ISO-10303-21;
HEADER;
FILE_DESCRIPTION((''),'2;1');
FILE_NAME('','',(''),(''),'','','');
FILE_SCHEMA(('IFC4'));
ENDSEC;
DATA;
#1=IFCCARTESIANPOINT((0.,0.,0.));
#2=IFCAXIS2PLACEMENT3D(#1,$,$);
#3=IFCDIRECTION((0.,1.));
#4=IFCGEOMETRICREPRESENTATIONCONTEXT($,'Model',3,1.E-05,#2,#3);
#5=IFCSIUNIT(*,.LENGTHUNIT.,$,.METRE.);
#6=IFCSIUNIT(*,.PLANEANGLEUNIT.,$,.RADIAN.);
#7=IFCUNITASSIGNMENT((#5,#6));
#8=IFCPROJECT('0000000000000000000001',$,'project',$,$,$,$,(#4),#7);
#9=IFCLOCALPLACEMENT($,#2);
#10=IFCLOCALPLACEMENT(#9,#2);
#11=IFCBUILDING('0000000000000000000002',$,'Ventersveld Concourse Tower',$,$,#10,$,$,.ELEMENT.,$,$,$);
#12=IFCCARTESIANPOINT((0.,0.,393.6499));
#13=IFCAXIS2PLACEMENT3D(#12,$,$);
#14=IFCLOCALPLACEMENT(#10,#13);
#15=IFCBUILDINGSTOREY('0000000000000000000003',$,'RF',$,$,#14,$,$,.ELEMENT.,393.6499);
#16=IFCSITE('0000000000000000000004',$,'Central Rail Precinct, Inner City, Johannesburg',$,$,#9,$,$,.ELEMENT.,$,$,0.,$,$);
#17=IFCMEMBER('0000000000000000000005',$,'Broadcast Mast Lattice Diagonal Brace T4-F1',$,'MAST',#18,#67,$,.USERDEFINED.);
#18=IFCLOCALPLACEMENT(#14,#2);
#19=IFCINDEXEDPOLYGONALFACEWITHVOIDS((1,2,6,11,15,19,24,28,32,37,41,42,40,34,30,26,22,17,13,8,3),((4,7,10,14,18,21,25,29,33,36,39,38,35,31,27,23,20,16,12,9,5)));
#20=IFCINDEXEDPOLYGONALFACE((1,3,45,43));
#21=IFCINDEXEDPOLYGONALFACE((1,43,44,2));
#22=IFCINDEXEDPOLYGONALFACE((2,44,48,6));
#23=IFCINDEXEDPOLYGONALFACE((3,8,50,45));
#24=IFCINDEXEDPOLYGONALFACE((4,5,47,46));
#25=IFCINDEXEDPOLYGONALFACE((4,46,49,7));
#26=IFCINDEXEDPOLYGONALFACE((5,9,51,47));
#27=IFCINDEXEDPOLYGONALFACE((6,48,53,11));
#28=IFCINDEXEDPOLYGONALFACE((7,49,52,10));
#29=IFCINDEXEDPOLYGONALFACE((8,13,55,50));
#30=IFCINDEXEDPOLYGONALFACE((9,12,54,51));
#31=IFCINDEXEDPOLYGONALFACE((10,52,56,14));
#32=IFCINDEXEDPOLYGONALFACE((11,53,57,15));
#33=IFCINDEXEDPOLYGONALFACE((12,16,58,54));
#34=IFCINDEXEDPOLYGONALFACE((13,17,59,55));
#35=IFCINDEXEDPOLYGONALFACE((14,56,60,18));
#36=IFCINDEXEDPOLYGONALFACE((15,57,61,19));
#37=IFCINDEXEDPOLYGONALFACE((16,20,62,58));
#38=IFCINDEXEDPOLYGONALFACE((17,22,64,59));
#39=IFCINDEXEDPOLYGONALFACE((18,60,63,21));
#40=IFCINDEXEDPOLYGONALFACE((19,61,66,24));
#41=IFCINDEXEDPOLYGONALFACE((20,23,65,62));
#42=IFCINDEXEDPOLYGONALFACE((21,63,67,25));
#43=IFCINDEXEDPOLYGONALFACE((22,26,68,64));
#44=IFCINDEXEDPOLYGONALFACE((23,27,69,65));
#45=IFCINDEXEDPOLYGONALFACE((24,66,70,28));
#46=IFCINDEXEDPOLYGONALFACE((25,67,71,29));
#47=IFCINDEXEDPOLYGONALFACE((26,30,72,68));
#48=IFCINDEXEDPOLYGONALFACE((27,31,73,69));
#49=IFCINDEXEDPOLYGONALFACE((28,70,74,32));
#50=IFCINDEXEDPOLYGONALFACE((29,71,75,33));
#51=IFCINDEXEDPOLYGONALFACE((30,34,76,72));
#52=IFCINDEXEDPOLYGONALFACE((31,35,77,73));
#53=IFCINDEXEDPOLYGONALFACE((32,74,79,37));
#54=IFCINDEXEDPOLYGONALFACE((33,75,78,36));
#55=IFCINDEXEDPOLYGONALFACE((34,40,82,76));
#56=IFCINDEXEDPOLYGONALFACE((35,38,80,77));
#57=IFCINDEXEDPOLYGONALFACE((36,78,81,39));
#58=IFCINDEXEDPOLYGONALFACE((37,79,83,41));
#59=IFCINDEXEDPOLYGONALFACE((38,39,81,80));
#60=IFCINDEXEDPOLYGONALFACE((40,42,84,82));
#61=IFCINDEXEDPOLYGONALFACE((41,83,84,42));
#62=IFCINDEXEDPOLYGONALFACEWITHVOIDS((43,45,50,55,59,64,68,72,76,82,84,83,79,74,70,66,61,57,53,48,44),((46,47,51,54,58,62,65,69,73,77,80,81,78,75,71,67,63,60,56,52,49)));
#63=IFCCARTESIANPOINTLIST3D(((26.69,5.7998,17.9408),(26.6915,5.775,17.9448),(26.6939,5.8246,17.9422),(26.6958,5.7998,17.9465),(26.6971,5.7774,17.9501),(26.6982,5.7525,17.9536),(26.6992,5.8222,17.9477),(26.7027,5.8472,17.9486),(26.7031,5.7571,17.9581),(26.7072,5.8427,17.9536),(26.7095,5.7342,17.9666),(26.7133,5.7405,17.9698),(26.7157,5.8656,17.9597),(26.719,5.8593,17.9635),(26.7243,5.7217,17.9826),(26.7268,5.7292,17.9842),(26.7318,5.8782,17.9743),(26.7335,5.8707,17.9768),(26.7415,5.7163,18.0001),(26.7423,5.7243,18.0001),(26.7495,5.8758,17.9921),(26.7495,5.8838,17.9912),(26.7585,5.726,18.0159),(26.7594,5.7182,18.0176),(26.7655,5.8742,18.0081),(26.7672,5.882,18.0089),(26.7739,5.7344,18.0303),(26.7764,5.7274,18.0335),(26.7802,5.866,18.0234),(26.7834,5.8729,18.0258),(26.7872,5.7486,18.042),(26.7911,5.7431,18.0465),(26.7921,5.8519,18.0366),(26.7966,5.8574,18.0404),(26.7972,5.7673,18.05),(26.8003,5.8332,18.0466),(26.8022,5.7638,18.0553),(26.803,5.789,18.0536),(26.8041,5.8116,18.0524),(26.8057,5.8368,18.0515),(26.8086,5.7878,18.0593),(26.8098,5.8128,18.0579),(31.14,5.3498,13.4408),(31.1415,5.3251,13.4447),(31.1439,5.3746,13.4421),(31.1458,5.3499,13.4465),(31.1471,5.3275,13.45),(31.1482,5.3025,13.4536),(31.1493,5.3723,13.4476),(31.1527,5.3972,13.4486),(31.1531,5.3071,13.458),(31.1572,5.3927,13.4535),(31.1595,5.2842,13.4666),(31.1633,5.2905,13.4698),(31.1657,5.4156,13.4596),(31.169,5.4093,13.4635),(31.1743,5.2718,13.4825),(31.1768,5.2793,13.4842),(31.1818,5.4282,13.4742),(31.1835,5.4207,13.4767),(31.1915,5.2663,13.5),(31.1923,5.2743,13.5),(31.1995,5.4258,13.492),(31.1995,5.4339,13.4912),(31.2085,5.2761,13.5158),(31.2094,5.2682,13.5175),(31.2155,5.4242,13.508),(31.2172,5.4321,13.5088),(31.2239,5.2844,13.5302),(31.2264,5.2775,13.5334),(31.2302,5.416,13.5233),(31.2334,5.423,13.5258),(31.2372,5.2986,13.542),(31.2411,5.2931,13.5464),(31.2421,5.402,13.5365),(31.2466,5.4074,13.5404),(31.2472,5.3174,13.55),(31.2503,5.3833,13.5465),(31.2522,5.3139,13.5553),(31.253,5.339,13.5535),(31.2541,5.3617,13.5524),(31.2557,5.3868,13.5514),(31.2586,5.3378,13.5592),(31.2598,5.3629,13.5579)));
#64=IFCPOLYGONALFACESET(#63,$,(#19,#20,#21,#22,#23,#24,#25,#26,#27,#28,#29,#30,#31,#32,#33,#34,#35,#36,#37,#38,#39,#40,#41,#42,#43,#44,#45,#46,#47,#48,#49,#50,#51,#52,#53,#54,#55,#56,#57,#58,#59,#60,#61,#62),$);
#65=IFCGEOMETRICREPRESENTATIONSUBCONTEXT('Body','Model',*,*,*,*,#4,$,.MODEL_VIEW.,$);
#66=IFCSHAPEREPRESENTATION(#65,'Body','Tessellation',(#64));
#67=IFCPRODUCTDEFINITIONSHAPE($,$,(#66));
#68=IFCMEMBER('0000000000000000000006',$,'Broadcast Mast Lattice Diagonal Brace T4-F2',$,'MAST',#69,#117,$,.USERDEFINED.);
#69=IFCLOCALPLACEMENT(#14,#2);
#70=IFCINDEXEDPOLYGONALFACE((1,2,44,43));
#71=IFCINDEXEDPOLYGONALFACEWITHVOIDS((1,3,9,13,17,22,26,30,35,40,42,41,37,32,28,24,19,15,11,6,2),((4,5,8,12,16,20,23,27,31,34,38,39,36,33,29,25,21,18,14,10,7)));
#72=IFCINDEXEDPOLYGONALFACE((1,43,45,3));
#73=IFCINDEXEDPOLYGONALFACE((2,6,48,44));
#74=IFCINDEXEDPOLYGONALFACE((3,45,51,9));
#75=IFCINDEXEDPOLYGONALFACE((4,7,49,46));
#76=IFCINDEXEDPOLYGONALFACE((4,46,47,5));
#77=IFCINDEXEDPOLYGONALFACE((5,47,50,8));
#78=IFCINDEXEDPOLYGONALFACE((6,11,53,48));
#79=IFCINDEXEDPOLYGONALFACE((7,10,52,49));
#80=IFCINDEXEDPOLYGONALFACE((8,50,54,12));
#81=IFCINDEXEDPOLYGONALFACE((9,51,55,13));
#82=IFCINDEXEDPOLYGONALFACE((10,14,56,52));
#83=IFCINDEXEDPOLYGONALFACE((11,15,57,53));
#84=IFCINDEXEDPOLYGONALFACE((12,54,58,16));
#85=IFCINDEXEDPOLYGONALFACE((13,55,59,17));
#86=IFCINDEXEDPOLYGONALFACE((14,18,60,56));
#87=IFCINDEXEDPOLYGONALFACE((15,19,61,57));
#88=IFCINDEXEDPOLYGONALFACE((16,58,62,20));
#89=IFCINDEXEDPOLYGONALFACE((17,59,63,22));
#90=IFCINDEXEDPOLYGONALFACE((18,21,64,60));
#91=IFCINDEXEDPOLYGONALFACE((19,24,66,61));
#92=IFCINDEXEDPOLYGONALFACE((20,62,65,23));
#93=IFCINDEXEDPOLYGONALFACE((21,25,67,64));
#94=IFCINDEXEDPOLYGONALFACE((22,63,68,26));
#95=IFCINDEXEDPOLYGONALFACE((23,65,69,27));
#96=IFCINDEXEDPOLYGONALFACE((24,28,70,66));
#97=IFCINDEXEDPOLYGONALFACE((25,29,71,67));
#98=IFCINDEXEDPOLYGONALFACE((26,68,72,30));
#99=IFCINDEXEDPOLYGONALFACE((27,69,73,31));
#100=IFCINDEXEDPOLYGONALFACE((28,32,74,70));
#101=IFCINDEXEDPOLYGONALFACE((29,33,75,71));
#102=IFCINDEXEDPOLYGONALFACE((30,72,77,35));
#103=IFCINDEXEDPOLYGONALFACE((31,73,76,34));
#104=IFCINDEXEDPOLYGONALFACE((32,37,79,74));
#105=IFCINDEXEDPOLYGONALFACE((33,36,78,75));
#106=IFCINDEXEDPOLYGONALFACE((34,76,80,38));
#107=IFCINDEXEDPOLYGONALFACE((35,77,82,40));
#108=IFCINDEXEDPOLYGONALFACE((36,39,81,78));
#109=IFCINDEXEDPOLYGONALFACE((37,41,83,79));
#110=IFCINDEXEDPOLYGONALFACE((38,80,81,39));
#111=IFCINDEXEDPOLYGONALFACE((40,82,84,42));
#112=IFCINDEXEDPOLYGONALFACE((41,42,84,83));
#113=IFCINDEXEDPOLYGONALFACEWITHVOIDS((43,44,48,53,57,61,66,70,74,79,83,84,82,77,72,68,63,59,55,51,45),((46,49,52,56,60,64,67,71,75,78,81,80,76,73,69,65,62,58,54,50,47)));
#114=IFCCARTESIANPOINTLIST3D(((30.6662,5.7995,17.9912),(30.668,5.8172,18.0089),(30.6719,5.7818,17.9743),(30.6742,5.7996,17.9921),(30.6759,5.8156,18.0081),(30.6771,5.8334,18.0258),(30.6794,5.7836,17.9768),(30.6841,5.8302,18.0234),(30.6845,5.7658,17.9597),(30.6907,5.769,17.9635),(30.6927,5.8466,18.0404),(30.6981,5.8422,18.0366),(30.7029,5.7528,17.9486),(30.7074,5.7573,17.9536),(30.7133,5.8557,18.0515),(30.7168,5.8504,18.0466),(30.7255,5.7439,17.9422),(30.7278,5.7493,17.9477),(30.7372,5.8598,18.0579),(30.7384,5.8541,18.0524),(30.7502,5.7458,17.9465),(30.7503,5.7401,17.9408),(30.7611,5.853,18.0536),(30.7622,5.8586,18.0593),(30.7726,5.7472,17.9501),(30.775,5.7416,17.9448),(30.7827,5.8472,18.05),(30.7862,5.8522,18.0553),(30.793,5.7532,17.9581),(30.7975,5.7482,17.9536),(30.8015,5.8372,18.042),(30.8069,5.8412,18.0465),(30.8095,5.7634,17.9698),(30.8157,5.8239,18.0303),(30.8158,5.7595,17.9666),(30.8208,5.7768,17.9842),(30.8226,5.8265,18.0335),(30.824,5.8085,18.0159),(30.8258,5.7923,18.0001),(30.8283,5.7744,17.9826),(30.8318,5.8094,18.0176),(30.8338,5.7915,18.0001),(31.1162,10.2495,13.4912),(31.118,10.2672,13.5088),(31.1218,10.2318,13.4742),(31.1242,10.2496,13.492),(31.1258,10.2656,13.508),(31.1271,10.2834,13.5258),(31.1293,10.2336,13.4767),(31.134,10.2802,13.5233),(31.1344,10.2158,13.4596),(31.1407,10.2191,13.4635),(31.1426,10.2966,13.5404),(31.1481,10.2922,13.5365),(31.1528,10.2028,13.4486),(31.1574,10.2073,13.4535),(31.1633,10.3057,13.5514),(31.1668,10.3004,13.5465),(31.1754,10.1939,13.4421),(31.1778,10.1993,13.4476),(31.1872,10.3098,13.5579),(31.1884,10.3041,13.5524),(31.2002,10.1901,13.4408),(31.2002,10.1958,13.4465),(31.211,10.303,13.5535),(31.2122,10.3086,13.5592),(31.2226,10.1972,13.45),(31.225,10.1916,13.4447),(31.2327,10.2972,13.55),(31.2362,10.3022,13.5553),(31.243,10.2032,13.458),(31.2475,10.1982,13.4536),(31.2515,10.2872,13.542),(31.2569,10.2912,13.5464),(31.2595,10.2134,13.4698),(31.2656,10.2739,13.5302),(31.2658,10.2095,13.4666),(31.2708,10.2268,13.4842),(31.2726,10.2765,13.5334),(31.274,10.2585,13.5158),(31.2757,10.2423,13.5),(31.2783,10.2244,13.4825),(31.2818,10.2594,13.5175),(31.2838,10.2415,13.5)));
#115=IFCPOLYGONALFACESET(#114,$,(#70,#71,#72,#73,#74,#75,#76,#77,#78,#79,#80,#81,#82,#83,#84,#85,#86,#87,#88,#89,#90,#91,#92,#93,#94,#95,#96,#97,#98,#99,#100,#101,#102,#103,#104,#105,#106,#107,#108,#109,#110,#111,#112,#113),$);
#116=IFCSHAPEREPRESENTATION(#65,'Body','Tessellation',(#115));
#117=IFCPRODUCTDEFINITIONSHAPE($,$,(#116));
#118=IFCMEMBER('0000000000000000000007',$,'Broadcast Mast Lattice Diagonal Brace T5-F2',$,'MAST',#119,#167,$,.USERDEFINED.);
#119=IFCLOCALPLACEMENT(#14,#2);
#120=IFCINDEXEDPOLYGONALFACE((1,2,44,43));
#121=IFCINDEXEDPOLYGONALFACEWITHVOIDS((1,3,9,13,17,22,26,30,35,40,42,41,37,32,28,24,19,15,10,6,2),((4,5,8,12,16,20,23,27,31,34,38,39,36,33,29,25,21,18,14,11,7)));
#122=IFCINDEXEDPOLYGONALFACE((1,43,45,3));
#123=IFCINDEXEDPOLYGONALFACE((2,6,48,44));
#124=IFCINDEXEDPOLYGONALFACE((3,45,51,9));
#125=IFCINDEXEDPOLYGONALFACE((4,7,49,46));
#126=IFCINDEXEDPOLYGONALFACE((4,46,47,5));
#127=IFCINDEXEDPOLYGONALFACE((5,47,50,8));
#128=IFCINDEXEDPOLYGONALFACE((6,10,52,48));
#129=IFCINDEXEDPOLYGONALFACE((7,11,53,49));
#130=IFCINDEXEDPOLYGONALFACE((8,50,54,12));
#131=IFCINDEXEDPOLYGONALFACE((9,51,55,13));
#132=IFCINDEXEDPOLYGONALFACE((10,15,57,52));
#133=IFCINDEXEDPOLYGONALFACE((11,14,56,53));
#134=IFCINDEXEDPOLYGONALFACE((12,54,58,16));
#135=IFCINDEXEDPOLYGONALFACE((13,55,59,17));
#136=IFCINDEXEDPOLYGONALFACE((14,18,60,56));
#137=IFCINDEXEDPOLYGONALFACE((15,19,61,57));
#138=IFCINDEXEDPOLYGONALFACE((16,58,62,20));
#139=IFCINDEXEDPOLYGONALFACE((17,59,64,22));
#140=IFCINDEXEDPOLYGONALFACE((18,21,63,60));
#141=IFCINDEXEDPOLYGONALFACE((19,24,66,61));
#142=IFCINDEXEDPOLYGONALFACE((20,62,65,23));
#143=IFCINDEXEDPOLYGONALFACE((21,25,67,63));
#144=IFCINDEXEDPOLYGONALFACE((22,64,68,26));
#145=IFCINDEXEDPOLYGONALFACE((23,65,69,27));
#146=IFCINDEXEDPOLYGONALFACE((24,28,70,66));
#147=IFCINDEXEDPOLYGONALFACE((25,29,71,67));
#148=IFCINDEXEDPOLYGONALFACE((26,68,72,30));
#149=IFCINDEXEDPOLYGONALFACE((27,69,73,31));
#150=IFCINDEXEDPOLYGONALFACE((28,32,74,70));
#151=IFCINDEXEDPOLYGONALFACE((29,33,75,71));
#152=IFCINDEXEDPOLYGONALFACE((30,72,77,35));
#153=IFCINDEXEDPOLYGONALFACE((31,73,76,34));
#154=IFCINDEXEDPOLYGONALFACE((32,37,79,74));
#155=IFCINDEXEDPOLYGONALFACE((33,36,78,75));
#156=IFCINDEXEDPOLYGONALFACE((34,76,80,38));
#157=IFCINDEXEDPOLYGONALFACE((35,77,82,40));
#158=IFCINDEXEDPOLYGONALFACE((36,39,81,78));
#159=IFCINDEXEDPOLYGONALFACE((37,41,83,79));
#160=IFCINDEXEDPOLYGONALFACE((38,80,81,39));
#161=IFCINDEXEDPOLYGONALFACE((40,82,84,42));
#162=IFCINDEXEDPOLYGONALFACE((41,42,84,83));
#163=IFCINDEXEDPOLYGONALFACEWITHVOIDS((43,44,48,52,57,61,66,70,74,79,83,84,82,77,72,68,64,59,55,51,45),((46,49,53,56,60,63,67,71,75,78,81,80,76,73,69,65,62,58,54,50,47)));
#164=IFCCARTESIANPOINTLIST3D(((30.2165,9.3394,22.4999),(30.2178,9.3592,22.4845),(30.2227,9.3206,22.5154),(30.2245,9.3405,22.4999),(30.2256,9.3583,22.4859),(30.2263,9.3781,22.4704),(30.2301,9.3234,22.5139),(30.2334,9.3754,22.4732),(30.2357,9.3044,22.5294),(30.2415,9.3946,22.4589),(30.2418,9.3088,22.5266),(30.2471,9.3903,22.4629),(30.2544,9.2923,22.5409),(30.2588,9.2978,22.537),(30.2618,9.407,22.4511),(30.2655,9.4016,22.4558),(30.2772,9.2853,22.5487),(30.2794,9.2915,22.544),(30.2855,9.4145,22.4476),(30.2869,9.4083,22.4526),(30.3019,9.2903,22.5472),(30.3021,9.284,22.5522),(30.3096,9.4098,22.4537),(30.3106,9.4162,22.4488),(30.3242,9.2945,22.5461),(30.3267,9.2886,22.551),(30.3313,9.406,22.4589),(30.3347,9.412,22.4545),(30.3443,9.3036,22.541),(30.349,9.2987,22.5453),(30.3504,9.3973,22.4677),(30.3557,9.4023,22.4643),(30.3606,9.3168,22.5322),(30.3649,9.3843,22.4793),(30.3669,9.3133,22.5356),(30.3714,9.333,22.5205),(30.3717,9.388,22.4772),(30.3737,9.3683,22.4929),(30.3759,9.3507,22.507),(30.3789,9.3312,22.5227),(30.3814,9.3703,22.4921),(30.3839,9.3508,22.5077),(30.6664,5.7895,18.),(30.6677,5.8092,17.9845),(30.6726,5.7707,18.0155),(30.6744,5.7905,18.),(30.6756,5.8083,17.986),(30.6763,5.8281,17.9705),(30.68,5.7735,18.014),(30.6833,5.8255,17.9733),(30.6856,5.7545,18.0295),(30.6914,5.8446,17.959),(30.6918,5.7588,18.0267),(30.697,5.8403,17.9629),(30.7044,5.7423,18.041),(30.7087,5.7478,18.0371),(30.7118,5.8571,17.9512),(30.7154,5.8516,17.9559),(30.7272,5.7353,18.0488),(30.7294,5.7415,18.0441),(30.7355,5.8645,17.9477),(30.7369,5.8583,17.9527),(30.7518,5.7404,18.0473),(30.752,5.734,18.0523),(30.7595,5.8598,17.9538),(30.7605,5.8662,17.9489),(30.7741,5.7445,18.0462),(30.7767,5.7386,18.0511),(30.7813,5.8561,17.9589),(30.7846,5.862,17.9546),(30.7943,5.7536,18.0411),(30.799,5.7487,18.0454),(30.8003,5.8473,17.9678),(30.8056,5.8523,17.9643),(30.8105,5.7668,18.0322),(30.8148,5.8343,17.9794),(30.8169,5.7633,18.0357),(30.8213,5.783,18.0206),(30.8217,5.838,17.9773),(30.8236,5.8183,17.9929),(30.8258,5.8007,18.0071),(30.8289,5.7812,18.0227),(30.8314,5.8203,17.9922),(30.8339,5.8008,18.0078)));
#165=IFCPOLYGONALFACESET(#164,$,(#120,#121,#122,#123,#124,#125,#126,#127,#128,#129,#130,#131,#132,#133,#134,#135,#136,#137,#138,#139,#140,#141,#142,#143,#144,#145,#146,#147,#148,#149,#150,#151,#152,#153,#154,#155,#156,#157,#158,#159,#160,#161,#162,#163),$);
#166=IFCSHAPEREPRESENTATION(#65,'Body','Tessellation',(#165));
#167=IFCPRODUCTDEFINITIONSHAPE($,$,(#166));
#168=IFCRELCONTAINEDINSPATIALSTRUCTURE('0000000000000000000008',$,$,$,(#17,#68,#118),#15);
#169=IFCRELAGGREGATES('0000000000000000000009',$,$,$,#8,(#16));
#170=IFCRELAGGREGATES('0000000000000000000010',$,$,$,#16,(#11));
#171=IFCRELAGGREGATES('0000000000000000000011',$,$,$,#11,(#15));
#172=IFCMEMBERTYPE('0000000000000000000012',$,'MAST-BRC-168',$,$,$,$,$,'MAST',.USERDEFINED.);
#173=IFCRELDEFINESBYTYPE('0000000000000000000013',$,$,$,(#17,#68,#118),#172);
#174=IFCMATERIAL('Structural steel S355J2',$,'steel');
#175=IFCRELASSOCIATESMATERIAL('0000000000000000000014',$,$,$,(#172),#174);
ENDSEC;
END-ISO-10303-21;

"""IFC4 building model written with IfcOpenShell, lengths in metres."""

from ifc_helpers import new_model, si_unit, direction, frame, origin, origin_2d, place, context, subcontext, project, spatial, hollow_circle, extrude, material, material_profile, profile_set, type_object, element, save


model = new_model("IFC4")

# Units and contexts
model_context = context("Model", 3, precision=1e-05, world=origin(), true_north=direction((0.0, 1.0)))
body_context = subcontext(model_context, "Body", "Model", "MODEL_VIEW")
ifc_project = project(units=[si_unit("LENGTHUNIT", "METRE"), si_unit("PLANEANGLEUNIT", "RADIAN")], contexts=[model_context])

# Site, building, storey
site_placement = place(None, origin())
site = spatial("IfcSite", under=ifc_project, at=site_placement, Name="Central Rail Precinct, Inner City, Johannesburg", CompositionType="ELEMENT", RefElevation=0.0)
building_placement = place(site_placement, origin())
building = spatial("IfcBuilding", under=site, at=building_placement, Name="Ventersveld Concourse Tower", CompositionType="ELEMENT")
storey_placement = place(building_placement, frame((0.0, 0.0, 393.6499)))
storey = spatial("IfcBuildingStorey", under=building, at=storey_placement, Name="RF", CompositionType="ELEMENT", Elevation=393.6499)

# Members
ifc_material = material(Name="Structural steel S355J2", Category="steel")
ifc_material_profile_1 = material_profile(ifc_material, hollow_circle(Radius=0.0842, WallThickness=0.0081, at=origin_2d()), Name="CHS 168.3x8")
ifc_profile_set_1 = profile_set([ifc_material_profile_1], Name="Structural steel S355J2")
member_type_1 = type_object("IfcMemberType", Name="MAST-BRC-168", ElementType="MAST", PredefinedType="USERDEFINED", material=ifc_profile_set_1)
for number, where, z_axis, x_axis, name in (
    (1, (31.2, 5.3501, 13.5), (-0.701371, 0.070918, 0.70926), (-0.100601, -0.994927, 0.0), "Broadcast Mast Lattice Diagonal Brace T4-F1"),
    (2, (31.2, 10.25, 13.5), (-0.070918, -0.701371, 0.70926), (0.994927, -0.100601, 0.0), "Broadcast Mast Lattice Diagonal Brace T4-F2"),
):
    element("IfcMember", number, at=place(storey_placement, frame(where, z_axis=z_axis, x_axis=x_axis)), inside=storey, type_object=member_type_1, Name=name, ObjectType="MAST", PredefinedType="USERDEFINED", context=body_context, shape_type="SweptSolid", body=[
        extrude(hollow_circle(Radius=0.0842, WallThickness=0.0081, at=origin_2d()), origin(), (0.0, 0.0, 1.0), 6.3447),
    ])
for number, where, z_axis, x_axis, name in (
    (3, (30.75, 5.8, 18.0), (-0.078261, 0.617467, 0.782694), (-0.992063, -0.125739, 0.0), "Broadcast Mast Lattice Diagonal Brace T5-F2"),
):
    element("IfcMember", number, at=place(storey_placement, frame(where, z_axis=z_axis, x_axis=x_axis)), inside=storey, type_object=member_type_1, Name=name, ObjectType="MAST", PredefinedType="USERDEFINED", context=body_context, shape_type="SweptSolid", body=[
        extrude(hollow_circle(Radius=0.0842, WallThickness=0.0081, at=origin_2d()), origin(), (0.0, 0.0, 1.0), 5.7493),
    ])

save(model, "model.ifc")
